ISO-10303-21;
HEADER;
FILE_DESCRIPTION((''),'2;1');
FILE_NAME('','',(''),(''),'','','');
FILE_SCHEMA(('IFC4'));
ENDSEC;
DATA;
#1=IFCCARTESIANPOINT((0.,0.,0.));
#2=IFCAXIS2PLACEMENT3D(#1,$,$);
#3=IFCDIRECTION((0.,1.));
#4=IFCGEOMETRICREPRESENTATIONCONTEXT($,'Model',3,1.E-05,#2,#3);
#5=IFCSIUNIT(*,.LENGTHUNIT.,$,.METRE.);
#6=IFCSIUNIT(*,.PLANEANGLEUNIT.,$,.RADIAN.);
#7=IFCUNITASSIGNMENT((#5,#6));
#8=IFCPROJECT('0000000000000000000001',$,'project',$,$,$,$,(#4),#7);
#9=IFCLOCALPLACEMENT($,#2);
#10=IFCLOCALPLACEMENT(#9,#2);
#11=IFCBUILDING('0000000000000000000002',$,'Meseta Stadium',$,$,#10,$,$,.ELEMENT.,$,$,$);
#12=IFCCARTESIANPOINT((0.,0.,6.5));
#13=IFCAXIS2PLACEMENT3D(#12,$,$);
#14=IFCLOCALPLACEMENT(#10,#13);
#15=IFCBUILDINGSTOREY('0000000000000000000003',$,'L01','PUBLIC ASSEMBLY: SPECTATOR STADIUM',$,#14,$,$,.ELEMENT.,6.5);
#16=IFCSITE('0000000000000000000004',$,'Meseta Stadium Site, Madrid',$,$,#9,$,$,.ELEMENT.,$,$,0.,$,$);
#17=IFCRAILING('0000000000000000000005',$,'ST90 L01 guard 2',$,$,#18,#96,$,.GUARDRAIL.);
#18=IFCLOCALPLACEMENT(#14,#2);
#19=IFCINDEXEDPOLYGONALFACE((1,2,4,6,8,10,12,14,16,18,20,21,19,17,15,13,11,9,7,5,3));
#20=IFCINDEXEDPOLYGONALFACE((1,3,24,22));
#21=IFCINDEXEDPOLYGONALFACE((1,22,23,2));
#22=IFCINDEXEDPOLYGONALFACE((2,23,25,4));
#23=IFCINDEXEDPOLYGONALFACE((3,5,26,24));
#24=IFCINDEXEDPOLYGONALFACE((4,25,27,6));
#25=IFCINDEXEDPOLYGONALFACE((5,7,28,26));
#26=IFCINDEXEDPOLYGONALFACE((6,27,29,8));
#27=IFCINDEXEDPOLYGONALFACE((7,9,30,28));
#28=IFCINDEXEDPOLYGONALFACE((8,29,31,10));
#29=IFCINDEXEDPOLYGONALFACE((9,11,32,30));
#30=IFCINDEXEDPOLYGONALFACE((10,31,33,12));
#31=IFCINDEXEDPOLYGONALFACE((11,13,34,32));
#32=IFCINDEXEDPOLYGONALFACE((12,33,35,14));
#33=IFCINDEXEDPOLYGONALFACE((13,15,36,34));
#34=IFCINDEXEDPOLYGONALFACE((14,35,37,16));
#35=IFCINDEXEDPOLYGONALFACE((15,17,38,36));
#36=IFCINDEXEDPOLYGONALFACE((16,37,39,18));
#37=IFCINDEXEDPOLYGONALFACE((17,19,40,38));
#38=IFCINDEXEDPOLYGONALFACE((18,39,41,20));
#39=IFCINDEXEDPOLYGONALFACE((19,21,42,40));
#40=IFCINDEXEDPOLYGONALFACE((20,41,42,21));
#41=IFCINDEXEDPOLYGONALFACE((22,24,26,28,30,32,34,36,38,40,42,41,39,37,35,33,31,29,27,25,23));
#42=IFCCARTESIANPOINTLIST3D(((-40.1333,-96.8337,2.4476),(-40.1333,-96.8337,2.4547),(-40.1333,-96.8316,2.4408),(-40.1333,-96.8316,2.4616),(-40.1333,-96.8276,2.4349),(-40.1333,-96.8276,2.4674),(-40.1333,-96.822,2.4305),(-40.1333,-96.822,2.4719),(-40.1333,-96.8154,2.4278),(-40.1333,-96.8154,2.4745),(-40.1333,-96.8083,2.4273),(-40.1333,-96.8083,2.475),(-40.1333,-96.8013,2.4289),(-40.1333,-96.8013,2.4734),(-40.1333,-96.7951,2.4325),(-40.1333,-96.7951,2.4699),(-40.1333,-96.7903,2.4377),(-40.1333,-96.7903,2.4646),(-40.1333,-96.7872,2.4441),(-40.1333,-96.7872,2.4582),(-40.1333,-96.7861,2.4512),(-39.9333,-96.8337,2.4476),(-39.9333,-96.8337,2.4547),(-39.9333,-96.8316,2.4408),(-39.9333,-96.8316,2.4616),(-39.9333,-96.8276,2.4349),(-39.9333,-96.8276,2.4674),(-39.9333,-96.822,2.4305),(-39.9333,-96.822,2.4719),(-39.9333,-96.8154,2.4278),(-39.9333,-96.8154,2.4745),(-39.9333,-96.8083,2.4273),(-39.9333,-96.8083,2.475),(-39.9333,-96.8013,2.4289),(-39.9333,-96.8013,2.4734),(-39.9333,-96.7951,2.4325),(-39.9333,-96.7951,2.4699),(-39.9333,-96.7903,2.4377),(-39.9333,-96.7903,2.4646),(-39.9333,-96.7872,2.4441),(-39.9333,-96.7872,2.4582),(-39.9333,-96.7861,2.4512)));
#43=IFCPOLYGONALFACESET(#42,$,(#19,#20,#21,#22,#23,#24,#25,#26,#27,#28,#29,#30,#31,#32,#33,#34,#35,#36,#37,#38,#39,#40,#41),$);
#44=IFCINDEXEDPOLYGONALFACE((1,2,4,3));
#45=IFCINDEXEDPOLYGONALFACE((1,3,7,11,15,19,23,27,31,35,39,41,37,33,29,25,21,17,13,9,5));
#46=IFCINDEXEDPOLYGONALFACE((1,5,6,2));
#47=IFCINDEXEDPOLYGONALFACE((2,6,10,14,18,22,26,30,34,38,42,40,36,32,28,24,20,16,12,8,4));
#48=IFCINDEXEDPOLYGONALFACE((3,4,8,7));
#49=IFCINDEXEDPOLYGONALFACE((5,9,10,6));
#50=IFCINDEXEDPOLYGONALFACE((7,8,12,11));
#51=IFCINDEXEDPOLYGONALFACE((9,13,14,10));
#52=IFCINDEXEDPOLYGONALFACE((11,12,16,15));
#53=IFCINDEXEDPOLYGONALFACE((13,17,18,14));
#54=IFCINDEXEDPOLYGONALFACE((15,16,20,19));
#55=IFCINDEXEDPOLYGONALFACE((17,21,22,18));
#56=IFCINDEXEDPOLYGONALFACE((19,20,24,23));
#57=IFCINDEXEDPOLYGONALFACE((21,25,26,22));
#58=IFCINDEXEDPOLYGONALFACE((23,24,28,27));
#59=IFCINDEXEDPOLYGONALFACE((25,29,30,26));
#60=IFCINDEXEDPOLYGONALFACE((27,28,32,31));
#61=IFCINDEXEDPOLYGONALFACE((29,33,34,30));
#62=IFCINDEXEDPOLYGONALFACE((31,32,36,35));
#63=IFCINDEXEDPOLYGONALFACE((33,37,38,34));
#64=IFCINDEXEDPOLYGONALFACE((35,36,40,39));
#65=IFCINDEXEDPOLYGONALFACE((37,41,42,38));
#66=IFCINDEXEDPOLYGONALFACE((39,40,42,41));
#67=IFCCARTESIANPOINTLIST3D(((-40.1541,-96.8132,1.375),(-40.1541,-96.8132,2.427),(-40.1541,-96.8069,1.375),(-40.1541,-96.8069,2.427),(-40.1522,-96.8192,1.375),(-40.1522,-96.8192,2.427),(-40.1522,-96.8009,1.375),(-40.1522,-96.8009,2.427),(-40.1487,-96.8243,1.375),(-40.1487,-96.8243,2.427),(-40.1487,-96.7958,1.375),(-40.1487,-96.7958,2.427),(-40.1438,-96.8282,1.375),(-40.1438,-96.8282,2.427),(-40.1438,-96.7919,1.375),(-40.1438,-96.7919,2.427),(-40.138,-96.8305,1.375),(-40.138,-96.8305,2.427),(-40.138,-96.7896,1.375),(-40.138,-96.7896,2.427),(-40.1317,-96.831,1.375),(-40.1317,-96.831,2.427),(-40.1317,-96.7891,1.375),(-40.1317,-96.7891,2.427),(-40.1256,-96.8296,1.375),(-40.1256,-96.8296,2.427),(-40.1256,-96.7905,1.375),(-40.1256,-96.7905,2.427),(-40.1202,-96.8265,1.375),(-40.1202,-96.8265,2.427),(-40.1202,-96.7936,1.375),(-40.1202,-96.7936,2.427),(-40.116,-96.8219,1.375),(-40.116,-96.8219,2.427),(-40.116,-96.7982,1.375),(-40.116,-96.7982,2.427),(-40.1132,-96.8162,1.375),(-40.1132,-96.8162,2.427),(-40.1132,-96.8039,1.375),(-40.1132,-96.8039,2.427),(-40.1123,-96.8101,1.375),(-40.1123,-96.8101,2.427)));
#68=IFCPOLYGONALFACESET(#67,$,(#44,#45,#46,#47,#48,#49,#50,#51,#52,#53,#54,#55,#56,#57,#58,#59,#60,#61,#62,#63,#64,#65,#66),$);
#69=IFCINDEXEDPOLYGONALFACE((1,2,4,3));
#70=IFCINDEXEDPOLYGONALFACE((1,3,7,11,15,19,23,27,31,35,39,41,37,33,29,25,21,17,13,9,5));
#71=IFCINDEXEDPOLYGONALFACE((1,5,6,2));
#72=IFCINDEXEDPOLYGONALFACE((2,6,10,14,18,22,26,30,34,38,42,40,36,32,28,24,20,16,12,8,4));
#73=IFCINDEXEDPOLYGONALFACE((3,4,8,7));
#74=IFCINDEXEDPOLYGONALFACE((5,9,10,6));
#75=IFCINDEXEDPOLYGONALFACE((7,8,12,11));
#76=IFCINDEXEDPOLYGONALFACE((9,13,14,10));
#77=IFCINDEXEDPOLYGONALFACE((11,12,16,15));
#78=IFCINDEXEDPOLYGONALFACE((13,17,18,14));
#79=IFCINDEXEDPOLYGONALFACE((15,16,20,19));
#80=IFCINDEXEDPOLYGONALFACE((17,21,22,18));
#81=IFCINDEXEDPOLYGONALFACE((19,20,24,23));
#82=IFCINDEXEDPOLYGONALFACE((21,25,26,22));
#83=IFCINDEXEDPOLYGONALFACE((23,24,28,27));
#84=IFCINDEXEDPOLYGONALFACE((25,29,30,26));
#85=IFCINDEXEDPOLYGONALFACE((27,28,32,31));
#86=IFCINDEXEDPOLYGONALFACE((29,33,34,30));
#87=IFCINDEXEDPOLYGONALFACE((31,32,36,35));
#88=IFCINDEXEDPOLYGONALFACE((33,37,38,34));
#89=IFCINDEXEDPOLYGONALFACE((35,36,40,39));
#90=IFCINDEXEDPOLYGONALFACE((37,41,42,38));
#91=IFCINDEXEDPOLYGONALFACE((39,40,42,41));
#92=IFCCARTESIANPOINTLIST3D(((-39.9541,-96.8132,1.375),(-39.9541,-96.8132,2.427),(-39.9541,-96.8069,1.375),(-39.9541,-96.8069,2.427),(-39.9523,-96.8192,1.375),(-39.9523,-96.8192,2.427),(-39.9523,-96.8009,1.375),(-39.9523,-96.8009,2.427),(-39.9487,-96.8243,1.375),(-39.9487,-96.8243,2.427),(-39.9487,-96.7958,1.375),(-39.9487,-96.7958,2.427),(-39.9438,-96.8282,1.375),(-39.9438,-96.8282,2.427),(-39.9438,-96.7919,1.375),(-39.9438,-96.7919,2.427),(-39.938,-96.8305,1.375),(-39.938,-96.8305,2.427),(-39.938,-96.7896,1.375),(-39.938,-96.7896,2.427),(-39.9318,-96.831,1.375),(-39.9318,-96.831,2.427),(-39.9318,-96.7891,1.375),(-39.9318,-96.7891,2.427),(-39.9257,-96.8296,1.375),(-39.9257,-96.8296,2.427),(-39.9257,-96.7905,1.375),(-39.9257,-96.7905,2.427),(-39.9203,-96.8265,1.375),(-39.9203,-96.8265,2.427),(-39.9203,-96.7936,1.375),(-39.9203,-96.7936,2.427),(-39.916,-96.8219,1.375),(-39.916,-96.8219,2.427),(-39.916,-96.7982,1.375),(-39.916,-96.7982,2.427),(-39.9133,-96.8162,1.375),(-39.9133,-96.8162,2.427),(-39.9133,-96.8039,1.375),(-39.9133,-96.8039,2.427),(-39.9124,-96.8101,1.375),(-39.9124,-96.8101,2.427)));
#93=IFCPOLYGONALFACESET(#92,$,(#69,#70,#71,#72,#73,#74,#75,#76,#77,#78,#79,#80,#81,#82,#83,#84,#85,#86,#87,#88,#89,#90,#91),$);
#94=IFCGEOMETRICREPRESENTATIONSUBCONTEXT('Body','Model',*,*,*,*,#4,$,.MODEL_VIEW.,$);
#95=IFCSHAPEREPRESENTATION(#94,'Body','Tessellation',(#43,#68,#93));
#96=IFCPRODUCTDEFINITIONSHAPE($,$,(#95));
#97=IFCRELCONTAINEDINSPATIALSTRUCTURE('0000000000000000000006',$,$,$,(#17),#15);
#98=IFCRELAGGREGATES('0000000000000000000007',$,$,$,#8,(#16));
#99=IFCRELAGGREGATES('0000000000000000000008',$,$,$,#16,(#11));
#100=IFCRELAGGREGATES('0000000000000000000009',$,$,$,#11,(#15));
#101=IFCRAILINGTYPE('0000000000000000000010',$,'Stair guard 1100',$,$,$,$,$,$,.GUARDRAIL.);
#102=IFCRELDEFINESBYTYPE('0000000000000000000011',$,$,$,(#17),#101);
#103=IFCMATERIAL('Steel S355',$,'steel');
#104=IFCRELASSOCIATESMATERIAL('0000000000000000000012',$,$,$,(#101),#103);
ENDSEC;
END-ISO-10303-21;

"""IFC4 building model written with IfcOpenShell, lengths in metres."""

from ifc_helpers import new_model, si_unit, direction, frame, origin, origin_2d, place, context, subcontext, project, spatial, circle, extrude, material, type_object, element, save


model = new_model("IFC4")

# Units and contexts
model_context = context("Model", 3, precision=1e-05, world=origin(), true_north=direction((0.0, 1.0)))
body_context = subcontext(model_context, "Body", "Model", "MODEL_VIEW")
ifc_project = project(units=[si_unit("LENGTHUNIT", "METRE"), si_unit("PLANEANGLEUNIT", "RADIAN")], contexts=[model_context])

# Site, building, storey
site_placement = place(None, origin())
site = spatial("IfcSite", under=ifc_project, at=site_placement, Name="Meseta Stadium Site, Madrid", CompositionType="ELEMENT", RefElevation=0.0)
building_placement = place(site_placement, origin())
building = spatial("IfcBuilding", under=site, at=building_placement, Name="Meseta Stadium", CompositionType="ELEMENT")
storey_placement = place(building_placement, frame((0.0, 0.0, 6.5)))
storey = spatial("IfcBuildingStorey", under=building, at=storey_placement, Name="L01", Description="PUBLIC ASSEMBLY: SPECTATOR STADIUM", CompositionType="ELEMENT", Elevation=6.5)

# Railing
ifc_material_1 = material(Name="Steel S355", Category="steel")
railing_type_1 = type_object("IfcRailingType", Name="Stair guard 1100", PredefinedType="GUARDRAIL", material=ifc_material_1)
railing_1_placement = place(storey_placement, frame((-40.1333, -96.8101, 1.375)))
element("IfcRailing", 1, at=railing_1_placement, inside=storey, type_object=railing_type_1, Name="ST90 L01 guard 2", PredefinedType="GUARDRAIL", context=body_context, shape_type="SweptSolid", body=[
    extrude(circle(Radius=0.0239, at=origin_2d()), frame((0.0, 0.0, 1.0762), z_axis=(1.0, 0.0, 0.0), x_axis=(0.0, 1.0, 0.0)), (0.0, 0.0, 1.0), 0.2),
    extrude(circle(Radius=0.021, at=origin_2d()), origin(), (0.0, 0.0, 1.0), 1.052),
    extrude(circle(Radius=0.021, at=origin_2d()), frame((0.2, 0.0, 0.0)), (0.0, 0.0, 1.0), 1.052),
])

save(model, "model.ifc")
